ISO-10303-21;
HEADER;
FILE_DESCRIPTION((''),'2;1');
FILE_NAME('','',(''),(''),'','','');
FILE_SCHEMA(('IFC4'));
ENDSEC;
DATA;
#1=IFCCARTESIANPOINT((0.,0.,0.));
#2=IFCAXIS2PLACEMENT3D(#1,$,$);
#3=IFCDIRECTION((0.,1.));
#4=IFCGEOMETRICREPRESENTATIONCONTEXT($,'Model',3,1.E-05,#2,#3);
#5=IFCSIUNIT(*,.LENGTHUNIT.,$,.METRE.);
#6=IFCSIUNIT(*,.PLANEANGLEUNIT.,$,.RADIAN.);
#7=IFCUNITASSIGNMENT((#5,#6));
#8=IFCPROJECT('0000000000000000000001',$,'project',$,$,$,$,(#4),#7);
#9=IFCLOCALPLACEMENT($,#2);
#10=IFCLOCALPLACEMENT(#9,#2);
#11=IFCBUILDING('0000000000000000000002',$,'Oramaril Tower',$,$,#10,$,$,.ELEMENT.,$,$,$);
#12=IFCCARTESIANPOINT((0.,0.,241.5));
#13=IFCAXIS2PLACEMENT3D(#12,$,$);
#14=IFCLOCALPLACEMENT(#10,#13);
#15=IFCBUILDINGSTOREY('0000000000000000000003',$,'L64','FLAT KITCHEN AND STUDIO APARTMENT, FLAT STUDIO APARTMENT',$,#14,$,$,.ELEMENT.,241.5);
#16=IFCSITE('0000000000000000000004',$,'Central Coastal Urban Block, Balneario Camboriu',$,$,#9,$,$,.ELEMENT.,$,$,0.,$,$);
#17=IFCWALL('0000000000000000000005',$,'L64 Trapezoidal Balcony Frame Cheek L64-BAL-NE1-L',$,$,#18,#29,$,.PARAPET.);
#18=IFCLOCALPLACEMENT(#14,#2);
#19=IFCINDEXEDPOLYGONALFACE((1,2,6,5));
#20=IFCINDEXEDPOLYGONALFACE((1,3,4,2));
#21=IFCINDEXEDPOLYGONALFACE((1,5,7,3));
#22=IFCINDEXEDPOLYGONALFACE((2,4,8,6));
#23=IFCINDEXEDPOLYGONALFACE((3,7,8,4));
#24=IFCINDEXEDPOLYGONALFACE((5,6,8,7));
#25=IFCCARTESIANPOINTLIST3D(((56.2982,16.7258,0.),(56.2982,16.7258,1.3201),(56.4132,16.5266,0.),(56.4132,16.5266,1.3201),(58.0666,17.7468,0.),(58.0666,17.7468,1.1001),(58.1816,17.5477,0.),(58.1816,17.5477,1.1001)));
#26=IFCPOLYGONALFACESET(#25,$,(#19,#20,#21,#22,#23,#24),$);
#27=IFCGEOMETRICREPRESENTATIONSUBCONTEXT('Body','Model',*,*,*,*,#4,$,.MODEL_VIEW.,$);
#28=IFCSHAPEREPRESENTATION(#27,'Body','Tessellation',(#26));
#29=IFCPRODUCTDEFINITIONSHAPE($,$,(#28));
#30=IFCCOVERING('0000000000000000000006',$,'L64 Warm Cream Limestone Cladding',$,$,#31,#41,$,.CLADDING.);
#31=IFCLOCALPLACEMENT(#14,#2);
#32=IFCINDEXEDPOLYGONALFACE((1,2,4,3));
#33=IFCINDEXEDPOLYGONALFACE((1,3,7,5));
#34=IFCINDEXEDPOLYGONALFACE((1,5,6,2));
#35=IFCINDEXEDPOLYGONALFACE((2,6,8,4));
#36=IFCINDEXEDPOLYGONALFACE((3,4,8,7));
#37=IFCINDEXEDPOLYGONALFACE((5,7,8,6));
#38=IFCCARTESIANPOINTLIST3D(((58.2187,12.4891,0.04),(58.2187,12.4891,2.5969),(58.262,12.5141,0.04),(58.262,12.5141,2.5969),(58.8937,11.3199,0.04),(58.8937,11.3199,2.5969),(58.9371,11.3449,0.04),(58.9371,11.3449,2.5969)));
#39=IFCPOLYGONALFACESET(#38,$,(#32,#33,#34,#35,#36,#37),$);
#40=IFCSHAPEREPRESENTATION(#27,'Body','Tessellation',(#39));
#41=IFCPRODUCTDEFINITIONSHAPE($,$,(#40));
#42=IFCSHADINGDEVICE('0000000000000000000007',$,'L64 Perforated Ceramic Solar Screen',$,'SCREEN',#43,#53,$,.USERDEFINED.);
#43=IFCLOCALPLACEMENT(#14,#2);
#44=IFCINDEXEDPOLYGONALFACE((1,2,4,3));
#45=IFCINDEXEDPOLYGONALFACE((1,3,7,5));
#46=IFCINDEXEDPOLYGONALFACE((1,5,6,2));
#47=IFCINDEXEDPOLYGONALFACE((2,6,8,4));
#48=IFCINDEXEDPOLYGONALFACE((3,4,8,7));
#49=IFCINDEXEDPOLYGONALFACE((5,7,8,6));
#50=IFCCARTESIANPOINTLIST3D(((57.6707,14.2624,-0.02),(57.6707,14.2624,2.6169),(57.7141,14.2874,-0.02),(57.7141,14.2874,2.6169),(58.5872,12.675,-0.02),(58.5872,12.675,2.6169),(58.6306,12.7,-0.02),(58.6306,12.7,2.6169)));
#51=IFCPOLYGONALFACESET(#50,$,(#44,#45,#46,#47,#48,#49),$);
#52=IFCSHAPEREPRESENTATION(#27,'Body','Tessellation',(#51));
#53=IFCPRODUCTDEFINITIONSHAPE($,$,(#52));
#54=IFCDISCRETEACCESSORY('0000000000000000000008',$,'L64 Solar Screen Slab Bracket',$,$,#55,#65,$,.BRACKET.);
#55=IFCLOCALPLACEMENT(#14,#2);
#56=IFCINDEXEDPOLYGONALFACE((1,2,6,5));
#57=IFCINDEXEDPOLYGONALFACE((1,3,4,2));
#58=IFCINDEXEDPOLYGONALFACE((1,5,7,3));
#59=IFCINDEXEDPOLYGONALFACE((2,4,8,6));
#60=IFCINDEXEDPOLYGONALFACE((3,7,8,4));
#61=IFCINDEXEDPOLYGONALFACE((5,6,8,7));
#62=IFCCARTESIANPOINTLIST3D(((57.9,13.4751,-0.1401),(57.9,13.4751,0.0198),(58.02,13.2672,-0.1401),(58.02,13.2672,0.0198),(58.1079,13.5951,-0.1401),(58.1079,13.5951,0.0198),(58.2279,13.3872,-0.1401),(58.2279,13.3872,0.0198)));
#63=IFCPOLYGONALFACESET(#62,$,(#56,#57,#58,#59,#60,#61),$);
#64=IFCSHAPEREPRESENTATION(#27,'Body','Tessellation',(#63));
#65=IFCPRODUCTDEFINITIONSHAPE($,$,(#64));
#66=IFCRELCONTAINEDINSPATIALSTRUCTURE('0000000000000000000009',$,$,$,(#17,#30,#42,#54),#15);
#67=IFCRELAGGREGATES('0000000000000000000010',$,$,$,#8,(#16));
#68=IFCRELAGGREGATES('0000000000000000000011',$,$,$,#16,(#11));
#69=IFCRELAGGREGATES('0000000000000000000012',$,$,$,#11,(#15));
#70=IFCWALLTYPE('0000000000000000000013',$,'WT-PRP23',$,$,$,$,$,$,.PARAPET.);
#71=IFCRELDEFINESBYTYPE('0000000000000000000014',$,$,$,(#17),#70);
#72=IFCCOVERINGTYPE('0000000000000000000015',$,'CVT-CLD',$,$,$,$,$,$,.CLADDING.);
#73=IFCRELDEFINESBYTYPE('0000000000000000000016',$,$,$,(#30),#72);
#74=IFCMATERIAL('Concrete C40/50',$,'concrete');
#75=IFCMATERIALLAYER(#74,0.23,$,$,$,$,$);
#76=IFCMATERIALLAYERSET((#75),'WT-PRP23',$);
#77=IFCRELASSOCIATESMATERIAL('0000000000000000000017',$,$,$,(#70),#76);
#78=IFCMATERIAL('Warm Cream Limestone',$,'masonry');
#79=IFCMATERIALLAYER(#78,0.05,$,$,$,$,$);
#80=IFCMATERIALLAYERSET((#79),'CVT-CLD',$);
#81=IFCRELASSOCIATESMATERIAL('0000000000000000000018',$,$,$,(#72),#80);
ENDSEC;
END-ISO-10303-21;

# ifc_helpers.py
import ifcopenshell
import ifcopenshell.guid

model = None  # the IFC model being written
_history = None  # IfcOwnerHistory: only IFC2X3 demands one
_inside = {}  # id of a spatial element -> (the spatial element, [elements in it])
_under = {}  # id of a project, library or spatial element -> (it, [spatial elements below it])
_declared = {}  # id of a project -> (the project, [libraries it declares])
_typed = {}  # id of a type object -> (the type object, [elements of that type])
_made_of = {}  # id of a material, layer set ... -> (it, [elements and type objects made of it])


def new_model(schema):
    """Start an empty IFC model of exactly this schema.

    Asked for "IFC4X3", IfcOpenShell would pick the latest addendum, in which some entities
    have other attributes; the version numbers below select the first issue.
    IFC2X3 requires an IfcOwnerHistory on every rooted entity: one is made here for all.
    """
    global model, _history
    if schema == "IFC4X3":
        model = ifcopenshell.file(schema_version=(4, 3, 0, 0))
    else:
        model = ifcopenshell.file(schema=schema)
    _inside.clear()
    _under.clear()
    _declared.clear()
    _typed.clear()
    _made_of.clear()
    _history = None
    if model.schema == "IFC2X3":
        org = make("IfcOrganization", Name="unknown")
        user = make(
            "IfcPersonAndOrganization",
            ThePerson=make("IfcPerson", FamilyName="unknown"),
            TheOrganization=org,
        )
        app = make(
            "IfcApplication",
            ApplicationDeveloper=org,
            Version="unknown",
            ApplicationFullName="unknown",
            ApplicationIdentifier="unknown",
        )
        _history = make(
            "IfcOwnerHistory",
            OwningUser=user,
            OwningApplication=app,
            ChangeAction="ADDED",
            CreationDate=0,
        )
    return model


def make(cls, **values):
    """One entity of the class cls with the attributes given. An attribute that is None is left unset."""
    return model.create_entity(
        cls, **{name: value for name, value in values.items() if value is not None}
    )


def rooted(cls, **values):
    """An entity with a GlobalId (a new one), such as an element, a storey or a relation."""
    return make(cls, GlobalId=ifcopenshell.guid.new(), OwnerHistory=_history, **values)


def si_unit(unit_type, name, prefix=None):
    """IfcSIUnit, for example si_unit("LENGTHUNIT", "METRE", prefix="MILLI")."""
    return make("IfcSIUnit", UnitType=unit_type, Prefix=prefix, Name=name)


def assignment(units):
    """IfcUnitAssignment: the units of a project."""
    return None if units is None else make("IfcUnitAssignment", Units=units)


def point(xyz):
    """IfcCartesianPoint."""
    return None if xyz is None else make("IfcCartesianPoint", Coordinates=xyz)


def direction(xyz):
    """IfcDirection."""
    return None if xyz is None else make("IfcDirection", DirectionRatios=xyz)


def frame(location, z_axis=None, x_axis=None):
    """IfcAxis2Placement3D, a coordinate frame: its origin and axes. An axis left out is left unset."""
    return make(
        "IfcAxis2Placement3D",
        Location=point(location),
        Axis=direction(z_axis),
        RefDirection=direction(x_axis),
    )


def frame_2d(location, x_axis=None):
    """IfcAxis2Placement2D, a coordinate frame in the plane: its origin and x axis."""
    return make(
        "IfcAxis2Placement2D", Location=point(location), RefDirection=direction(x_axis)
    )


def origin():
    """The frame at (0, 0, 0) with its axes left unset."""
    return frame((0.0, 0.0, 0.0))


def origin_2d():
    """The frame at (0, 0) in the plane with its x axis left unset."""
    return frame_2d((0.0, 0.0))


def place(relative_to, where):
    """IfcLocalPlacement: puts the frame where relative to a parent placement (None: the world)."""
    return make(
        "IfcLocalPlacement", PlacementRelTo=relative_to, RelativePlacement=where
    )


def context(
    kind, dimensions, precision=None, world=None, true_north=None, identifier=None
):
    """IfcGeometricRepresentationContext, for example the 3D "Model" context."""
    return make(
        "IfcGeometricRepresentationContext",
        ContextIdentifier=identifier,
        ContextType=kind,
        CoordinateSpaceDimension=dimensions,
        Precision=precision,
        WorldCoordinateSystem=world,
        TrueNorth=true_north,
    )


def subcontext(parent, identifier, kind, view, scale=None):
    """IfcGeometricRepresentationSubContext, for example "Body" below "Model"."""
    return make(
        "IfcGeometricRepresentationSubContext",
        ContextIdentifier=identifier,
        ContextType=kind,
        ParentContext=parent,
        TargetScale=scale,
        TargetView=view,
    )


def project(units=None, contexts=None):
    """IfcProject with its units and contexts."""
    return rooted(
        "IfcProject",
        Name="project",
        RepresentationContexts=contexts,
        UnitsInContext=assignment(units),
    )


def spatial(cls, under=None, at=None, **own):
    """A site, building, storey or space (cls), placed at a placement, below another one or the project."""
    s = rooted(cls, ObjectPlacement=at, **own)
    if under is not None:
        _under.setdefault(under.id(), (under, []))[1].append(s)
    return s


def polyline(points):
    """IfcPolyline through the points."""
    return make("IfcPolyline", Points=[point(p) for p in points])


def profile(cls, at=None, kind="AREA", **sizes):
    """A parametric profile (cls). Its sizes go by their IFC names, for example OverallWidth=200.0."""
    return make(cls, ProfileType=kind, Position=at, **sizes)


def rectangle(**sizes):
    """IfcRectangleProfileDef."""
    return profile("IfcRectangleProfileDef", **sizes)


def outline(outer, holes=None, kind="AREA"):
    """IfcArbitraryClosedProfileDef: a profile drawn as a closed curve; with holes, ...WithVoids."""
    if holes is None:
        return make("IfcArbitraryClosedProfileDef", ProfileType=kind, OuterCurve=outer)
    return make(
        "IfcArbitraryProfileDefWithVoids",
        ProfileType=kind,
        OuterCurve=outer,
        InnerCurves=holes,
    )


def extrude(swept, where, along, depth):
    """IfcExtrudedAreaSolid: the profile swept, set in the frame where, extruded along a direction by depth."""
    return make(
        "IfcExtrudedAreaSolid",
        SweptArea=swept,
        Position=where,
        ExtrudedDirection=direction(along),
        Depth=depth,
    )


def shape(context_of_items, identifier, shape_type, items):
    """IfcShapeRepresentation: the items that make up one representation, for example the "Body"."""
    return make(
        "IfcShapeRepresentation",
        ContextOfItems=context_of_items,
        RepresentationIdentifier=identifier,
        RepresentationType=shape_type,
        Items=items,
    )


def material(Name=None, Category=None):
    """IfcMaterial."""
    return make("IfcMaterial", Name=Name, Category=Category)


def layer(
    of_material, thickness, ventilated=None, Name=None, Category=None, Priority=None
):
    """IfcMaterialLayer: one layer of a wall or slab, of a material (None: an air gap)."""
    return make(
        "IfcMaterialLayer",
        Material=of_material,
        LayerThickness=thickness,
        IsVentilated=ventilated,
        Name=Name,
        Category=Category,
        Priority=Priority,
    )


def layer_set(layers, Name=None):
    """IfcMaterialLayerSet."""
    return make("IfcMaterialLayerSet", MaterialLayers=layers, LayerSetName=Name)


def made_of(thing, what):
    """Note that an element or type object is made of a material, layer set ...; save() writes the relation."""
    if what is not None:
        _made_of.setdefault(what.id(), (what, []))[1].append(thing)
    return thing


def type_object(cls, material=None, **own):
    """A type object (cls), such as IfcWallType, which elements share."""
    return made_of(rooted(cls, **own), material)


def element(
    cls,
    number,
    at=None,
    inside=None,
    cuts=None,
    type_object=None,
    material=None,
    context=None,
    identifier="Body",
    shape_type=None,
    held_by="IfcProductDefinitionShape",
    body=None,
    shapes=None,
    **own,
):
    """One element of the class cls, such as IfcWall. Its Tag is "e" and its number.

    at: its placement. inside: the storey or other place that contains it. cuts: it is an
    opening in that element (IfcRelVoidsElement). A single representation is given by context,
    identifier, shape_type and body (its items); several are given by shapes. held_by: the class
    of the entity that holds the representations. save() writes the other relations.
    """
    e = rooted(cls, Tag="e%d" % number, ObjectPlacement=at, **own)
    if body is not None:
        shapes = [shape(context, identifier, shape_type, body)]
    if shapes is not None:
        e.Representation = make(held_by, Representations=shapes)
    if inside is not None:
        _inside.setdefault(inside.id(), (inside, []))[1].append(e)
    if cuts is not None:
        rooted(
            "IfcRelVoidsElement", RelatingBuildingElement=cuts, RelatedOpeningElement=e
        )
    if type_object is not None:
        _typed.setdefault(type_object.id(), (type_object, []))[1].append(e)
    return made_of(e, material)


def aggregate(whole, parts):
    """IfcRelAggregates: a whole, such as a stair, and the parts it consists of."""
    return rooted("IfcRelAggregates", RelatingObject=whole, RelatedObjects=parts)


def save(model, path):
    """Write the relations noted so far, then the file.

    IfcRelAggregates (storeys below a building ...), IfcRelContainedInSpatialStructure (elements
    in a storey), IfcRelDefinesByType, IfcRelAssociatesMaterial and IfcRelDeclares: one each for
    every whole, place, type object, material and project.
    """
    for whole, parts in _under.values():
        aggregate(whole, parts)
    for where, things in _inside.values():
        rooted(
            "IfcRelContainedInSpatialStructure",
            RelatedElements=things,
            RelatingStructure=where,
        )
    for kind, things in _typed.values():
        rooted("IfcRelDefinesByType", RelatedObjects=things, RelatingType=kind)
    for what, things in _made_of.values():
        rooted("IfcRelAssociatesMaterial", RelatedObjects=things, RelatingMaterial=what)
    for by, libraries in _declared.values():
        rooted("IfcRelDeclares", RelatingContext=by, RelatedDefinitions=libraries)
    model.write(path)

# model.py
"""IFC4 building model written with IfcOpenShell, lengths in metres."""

from ifc_helpers import new_model, si_unit, direction, frame, origin, origin_2d, place, context, subcontext, project, spatial, polyline, rectangle, outline, extrude, material, layer, layer_set, type_object, element, save


model = new_model("IFC4")

# Units and contexts
model_context = context("Model", 3, precision=1e-05, world=origin(), true_north=direction((0.0, 1.0)))
body_context = subcontext(model_context, "Body", "Model", "MODEL_VIEW")
ifc_project = project(units=[si_unit("LENGTHUNIT", "METRE"), si_unit("PLANEANGLEUNIT", "RADIAN")], contexts=[model_context])

# Site, building, storey
site_placement = place(None, origin())
site = spatial("IfcSite", under=ifc_project, at=site_placement, Name="Central Coastal Urban Block, Balneario Camboriu", CompositionType="ELEMENT", RefElevation=0.0)
building_placement = place(site_placement, origin())
building = spatial("IfcBuilding", under=site, at=building_placement, Name="Oramaril Tower", CompositionType="ELEMENT")
storey_placement = place(building_placement, frame((0.0, 0.0, 241.5)))
storey = spatial("IfcBuildingStorey", under=building, at=storey_placement, Name="L64", Description="FLAT KITCHEN AND STUDIO APARTMENT, FLAT STUDIO APARTMENT", CompositionType="ELEMENT", Elevation=241.5)

# Wall
ifc_material_1 = material(Name="Concrete C40/50", Category="concrete")
ifc_layer_1 = layer(ifc_material_1, 0.23)
ifc_layer_set_1 = layer_set([ifc_layer_1], Name="WT-PRP23")
wall_type_1 = type_object("IfcWallType", Name="WT-PRP23", PredefinedType="PARAPET", material=ifc_layer_set_1)
wall_1_placement = place(storey_placement, frame((56.3557, 16.6262, 0.0), z_axis=(0.0, 0.0, 1.0), x_axis=(0.866012, 0.500023, 0.0)))
element("IfcWall", 1, at=wall_1_placement, inside=storey, type_object=wall_type_1, Name="L64 Trapezoidal Balcony Frame Cheek L64-BAL-NE1-L", PredefinedType="PARAPET", context=body_context, shape_type="SweptSolid", body=[
    extrude(outline(polyline([(0.0, 0.0), (2.042, 0.0), (2.042, 1.1001), (0.0, 1.3201), (0.0, 0.0)])), frame((0.0, 0.115, 0.0), z_axis=(0.0, -1.0, 0.0), x_axis=(1.0, 0.0, 0.0)), (0.0, 0.0, 1.0), 0.23),
])

# Covering
ifc_material_2 = material(Name="Warm Cream Limestone", Category="masonry")
ifc_layer_2 = layer(ifc_material_2, 0.05)
ifc_layer_set_2 = layer_set([ifc_layer_2], Name="CVT-CLD")
covering_type = type_object("IfcCoveringType", Name="CVT-CLD", PredefinedType="CLADDING", material=ifc_layer_set_2)
covering_placement = place(storey_placement, frame((58.5779, 11.917, 0.04), z_axis=(0.0, 0.0, 1.0), x_axis=(-0.499998, 0.866026, 0.0)))
element("IfcCovering", 2, at=covering_placement, inside=storey, type_object=covering_type, Name="L64 Warm Cream Limestone Cladding", PredefinedType="CLADDING", context=body_context, shape_type="SweptSolid", body=[
    extrude(rectangle(XDim=1.3501, YDim=0.05, at=origin_2d()), origin(), (0.0, 0.0, 1.0), 2.5569),
])

# Shading device
shading_device_placement = place(storey_placement, frame((58.1506, 13.4812, -0.02), z_axis=(0.0, 0.0, 1.0), x_axis=(-0.499998, 0.866026, 0.0)))
element("IfcShadingDevice", 3, at=shading_device_placement, inside=storey, Name="L64 Perforated Ceramic Solar Screen", ObjectType="SCREEN", PredefinedType="USERDEFINED", context=body_context, shape_type="SweptSolid", body=[
    extrude(rectangle(XDim=1.833, YDim=0.05, at=origin_2d()), origin(), (0.0, 0.0, 1.0), 2.637),
])

# Discrete accessory
discrete_accessory_placement = place(storey_placement, frame((58.064, 13.4312, -0.1401), z_axis=(0.0, 0.0, 1.0), x_axis=(-0.499998, 0.866026, 0.0)))
element("IfcDiscreteAccessory", 4, at=discrete_accessory_placement, inside=storey, Name="L64 Solar Screen Slab Bracket", PredefinedType="BRACKET", context=body_context, shape_type="SweptSolid", body=[
    extrude(rectangle(XDim=0.24, YDim=0.24, at=origin_2d()), origin(), (0.0, 0.0, 1.0), 0.1599),
])

save(model, "model.ifc")
